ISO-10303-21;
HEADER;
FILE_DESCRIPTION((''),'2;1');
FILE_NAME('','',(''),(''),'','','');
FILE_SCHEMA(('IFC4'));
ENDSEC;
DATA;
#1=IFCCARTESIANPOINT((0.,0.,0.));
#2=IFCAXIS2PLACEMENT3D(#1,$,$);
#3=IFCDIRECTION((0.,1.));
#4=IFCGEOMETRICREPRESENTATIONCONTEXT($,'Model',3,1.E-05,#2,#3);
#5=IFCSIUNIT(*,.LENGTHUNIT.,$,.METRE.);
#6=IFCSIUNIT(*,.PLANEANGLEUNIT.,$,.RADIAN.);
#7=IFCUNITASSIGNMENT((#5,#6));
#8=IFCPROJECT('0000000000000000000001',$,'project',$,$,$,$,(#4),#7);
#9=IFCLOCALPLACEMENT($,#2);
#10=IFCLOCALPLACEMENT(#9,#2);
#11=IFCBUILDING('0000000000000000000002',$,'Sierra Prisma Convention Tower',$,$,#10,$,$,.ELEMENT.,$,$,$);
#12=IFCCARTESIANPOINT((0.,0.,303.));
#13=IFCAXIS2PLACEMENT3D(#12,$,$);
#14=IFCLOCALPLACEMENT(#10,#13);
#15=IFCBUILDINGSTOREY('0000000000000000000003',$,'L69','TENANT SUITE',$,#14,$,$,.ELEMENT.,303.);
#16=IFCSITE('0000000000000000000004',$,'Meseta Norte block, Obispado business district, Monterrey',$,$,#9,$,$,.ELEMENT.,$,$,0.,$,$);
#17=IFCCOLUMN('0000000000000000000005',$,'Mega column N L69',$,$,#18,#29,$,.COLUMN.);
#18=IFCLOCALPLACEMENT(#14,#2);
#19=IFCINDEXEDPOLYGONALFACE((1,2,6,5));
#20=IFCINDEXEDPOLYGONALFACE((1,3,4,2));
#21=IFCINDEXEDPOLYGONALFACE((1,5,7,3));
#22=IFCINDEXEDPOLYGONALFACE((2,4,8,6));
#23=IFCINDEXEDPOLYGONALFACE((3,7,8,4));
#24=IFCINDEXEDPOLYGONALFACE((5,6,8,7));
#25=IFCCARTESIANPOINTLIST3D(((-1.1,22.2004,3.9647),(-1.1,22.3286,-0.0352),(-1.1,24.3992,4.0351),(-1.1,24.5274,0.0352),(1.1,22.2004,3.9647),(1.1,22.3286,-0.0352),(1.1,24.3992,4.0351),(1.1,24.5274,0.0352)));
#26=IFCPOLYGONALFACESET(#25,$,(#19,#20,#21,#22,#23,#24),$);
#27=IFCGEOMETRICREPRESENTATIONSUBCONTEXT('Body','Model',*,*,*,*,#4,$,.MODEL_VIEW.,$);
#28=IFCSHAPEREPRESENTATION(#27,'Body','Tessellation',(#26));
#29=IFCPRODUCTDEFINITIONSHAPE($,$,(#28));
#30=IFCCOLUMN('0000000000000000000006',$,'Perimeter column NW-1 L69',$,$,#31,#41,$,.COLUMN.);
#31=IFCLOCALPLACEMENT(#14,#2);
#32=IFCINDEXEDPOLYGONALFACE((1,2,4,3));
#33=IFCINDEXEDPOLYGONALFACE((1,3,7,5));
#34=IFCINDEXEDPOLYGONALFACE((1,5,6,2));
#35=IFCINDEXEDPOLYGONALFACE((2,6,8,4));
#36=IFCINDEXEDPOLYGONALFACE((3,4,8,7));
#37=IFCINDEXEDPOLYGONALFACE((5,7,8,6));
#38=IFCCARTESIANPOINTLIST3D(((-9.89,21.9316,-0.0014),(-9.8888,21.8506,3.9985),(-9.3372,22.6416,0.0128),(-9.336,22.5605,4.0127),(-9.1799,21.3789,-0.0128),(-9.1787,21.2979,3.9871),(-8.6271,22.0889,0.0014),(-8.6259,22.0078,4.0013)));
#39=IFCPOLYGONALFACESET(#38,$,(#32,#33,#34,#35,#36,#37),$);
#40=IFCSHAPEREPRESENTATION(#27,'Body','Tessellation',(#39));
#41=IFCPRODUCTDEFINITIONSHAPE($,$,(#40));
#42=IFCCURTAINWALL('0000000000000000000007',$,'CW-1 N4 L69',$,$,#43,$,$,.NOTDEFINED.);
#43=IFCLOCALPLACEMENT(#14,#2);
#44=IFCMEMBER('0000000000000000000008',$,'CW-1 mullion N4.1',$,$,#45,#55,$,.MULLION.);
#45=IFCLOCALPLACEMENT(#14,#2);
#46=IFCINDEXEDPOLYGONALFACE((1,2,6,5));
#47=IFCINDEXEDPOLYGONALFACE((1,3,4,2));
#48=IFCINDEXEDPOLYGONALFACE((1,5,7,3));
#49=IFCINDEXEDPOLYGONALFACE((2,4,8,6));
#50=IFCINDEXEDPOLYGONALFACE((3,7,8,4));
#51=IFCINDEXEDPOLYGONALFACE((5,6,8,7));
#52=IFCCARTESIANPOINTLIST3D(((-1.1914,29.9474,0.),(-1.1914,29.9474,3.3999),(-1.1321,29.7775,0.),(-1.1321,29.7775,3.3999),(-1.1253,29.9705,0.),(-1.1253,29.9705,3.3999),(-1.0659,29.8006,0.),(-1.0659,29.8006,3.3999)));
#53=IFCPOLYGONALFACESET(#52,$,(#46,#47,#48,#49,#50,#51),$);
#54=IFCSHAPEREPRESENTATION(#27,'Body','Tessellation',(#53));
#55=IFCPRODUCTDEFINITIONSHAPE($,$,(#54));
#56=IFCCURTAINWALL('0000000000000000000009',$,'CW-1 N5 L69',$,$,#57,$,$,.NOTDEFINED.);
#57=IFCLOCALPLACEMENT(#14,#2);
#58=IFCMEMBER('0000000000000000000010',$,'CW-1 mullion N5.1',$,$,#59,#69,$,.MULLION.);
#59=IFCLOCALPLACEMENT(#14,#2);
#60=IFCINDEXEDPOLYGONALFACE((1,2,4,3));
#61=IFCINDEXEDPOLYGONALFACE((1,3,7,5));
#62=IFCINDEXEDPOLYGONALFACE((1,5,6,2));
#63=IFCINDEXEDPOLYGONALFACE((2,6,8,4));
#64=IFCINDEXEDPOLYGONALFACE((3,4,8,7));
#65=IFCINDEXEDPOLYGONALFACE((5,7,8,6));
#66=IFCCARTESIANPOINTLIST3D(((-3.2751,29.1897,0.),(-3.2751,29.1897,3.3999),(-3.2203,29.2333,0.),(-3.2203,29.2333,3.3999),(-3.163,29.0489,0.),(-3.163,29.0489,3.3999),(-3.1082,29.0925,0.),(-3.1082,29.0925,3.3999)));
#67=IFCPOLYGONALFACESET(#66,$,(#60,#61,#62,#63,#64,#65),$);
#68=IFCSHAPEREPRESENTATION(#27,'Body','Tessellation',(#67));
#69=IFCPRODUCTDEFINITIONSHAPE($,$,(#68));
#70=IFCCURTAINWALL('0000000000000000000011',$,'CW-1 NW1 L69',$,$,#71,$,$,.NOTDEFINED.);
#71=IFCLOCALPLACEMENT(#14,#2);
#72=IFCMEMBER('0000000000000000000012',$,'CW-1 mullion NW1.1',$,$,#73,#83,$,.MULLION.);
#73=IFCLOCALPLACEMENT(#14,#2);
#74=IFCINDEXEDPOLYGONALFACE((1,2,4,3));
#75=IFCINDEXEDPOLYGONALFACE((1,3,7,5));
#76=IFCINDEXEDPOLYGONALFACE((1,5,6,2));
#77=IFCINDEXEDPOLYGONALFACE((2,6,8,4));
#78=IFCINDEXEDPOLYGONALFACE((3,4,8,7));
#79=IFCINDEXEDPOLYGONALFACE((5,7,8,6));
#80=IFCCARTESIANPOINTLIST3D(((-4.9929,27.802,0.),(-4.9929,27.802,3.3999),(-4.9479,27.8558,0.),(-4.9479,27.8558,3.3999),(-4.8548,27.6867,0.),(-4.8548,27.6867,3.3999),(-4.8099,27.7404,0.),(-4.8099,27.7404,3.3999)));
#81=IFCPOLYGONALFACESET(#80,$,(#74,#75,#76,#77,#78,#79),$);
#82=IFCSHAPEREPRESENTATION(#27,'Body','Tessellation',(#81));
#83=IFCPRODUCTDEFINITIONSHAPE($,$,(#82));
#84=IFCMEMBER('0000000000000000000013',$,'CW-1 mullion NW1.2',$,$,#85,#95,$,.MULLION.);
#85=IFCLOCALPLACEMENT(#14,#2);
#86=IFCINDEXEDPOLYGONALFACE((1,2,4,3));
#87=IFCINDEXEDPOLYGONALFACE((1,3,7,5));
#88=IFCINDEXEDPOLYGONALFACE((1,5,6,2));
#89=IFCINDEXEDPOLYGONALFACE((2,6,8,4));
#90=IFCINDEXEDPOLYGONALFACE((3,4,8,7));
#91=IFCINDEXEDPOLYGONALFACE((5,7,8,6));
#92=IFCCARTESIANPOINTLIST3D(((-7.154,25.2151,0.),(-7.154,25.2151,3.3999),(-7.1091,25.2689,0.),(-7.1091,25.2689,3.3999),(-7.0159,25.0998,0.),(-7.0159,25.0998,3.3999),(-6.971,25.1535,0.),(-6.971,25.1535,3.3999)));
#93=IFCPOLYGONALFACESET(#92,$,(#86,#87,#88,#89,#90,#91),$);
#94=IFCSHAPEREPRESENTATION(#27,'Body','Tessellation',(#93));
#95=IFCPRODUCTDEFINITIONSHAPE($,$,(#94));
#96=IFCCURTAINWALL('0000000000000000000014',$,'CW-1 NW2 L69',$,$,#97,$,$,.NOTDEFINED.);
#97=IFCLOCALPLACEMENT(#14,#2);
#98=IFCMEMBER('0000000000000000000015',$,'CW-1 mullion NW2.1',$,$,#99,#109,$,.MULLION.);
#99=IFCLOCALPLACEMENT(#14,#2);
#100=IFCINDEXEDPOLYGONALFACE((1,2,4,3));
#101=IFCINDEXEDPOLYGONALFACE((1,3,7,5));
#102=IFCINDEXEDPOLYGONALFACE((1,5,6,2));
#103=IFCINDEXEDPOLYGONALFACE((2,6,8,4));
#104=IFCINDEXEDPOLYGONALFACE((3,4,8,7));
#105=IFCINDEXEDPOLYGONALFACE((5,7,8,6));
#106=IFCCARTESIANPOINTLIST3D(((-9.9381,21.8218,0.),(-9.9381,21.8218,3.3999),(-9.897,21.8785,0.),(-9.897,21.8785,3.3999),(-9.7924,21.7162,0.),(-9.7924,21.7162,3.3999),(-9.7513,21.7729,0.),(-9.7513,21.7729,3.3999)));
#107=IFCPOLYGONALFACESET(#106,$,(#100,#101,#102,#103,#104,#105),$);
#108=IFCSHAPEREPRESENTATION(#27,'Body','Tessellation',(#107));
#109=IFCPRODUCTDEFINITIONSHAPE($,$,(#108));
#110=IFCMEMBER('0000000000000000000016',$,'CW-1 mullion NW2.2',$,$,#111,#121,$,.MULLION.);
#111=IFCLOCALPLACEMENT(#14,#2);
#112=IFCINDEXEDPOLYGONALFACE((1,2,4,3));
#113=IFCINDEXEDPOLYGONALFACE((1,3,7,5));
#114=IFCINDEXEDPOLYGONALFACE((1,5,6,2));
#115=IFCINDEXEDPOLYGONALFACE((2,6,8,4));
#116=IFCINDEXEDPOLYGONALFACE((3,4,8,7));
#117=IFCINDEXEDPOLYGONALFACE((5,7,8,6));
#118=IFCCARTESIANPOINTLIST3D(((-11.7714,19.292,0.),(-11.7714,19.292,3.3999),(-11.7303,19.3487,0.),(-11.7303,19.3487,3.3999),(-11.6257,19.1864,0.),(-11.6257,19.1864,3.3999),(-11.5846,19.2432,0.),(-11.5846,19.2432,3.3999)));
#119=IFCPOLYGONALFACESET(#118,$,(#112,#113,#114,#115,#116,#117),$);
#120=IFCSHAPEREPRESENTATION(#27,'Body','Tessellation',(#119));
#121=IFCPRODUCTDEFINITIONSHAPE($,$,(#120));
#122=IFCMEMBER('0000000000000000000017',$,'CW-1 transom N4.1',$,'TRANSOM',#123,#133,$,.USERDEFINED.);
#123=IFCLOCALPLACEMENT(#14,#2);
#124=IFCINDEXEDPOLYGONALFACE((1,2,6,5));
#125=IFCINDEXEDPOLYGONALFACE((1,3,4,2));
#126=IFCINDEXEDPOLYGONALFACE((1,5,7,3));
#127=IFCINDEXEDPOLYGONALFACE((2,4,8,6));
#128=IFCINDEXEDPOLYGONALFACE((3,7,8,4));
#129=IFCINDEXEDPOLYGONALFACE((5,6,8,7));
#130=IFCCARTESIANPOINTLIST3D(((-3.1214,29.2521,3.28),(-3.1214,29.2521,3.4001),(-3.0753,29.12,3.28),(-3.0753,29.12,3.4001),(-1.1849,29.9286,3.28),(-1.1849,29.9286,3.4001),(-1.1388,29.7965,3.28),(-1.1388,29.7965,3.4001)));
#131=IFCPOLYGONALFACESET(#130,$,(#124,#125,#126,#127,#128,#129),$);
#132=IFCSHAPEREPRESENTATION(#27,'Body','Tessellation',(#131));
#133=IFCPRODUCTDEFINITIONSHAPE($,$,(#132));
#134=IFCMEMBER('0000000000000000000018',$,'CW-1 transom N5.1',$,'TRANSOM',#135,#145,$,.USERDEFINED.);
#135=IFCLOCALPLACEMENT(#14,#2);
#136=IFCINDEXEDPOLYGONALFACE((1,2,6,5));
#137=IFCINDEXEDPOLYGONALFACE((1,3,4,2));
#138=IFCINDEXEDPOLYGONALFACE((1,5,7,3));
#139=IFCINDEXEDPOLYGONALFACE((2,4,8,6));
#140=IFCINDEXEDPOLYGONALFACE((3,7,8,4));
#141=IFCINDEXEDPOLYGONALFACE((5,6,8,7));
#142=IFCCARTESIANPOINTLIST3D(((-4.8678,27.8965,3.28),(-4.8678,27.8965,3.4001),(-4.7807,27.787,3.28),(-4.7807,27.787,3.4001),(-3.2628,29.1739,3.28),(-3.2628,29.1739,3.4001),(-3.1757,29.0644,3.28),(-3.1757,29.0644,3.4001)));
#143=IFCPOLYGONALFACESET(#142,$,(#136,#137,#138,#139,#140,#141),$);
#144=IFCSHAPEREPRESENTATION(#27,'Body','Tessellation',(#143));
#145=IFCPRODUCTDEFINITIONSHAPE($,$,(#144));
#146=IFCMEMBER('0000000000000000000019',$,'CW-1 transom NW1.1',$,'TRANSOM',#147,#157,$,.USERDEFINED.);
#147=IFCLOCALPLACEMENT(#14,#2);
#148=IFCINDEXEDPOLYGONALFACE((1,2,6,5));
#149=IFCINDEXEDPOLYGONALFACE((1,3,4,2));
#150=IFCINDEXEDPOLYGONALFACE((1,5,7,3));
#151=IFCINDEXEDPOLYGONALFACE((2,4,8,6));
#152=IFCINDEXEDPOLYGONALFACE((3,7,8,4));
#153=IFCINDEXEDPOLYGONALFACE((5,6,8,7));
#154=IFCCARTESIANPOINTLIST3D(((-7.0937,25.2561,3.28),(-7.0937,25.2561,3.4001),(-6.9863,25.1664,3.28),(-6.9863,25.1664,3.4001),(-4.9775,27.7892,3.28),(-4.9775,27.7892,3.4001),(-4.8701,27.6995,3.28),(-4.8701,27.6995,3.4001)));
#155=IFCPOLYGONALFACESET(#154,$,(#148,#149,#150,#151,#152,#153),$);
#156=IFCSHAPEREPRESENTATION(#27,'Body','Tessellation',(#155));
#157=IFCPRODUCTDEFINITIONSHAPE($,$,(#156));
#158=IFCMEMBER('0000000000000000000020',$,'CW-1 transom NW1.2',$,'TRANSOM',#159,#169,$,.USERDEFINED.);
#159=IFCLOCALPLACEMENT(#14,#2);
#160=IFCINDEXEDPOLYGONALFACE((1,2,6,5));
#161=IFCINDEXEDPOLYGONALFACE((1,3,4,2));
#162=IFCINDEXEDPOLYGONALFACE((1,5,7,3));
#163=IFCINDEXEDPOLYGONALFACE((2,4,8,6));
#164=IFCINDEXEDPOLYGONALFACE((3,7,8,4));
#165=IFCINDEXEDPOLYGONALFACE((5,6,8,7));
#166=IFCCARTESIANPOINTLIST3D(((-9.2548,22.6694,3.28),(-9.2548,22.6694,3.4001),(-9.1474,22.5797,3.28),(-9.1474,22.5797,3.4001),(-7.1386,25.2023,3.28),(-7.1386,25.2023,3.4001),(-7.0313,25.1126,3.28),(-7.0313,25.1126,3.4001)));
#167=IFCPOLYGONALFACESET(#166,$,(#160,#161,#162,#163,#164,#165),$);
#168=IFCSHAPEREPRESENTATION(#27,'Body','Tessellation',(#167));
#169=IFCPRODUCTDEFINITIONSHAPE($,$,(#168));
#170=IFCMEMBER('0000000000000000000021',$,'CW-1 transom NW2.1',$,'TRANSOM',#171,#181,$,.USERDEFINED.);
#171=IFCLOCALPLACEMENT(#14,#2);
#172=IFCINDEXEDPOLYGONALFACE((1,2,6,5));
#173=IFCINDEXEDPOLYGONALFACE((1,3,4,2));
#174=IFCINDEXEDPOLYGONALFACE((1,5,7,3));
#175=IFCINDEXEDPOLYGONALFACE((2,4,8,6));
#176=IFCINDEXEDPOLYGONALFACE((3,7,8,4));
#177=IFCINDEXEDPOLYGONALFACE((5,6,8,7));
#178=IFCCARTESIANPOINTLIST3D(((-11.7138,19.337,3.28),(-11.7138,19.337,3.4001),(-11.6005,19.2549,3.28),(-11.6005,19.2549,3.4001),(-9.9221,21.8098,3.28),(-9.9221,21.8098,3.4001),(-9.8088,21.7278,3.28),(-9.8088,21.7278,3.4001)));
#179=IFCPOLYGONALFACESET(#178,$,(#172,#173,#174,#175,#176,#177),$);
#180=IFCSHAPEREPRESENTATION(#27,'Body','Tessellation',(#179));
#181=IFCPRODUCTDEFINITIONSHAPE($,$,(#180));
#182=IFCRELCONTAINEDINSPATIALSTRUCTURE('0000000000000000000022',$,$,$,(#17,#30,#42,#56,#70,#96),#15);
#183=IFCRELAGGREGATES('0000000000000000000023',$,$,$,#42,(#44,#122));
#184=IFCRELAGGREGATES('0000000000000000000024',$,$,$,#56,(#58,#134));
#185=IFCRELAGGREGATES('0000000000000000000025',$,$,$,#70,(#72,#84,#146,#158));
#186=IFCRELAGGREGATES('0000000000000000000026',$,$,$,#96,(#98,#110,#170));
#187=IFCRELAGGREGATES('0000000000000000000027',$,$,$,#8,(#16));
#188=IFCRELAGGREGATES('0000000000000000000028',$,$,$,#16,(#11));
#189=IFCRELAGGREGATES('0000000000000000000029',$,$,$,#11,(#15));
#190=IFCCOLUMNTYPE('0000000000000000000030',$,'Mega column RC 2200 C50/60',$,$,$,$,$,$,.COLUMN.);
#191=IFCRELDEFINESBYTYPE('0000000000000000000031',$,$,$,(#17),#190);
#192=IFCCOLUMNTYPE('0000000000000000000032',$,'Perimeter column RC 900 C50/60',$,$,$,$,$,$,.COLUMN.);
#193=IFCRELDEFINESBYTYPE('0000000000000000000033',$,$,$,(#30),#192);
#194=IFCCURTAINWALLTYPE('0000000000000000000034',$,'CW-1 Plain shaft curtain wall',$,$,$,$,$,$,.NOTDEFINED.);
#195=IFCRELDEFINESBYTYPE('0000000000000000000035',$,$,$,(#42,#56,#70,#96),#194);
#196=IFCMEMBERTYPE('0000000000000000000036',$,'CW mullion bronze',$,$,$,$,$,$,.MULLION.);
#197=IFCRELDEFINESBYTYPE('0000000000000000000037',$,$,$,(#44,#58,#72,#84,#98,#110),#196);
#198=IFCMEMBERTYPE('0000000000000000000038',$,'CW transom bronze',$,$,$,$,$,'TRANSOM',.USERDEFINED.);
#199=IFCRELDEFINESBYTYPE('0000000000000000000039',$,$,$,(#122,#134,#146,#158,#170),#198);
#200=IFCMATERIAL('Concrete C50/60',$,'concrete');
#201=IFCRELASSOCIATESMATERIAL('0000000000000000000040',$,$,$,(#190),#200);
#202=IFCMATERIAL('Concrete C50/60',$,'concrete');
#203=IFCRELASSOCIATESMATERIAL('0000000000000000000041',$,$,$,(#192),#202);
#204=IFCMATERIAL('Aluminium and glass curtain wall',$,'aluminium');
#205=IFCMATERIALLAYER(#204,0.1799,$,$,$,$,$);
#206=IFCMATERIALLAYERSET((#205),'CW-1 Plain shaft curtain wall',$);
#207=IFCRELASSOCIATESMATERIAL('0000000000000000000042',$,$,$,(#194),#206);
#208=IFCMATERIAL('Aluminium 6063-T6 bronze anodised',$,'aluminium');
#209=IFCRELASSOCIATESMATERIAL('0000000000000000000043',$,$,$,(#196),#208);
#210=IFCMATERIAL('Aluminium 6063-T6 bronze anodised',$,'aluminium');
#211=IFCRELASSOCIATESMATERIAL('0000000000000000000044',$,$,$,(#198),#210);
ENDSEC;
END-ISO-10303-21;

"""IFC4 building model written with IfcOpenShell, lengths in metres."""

from ifc_helpers import new_model, si_unit, direction, frame, origin, origin_2d, place, context, subcontext, project, spatial, rectangle, extrude, material, layer, layer_set, material_profile, profile_set, type_object, element, aggregate, save


model = new_model("IFC4")

# Units and contexts
model_context = context("Model", 3, precision=1e-05, world=origin(), true_north=direction((0.0, 1.0)))
body_context = subcontext(model_context, "Body", "Model", "MODEL_VIEW")
ifc_project = project(units=[si_unit("LENGTHUNIT", "METRE"), si_unit("PLANEANGLEUNIT", "RADIAN")], contexts=[model_context])

# Site, building, storey
site_placement = place(None, origin())
site = spatial("IfcSite", under=ifc_project, at=site_placement, Name="Meseta Norte block, Obispado business district, Monterrey", CompositionType="ELEMENT", RefElevation=0.0)
building_placement = place(site_placement, origin())
building = spatial("IfcBuilding", under=site, at=building_placement, Name="Sierra Prisma Convention Tower", CompositionType="ELEMENT")
storey_placement = place(building_placement, frame((0.0, 0.0, 303.0)))
storey = spatial("IfcBuildingStorey", under=building, at=storey_placement, Name="L69", Description="TENANT SUITE", CompositionType="ELEMENT", Elevation=303.0)

# Columns
ifc_material_1 = material(Name="Concrete C50/60", Category="concrete")
ifc_material_profile_1 = material_profile(ifc_material_1, rectangle(XDim=2.2, YDim=2.2, at=origin_2d()), Name="Mega column RC 2200 C50/60")
ifc_profile_set_1 = profile_set([ifc_material_profile_1], Name="Concrete C50/60")
column_type_1 = type_object("IfcColumnType", Name="Mega column RC 2200 C50/60", PredefinedType="COLUMN", material=ifc_profile_set_1)
column_1_placement = place(storey_placement, frame((0.0, 23.428, 0.0), z_axis=(0.0, -0.032027, 0.999487), x_axis=(1.0, 0.0, 0.0)))
element("IfcColumn", 1, at=column_1_placement, inside=storey, type_object=column_type_1, Name="Mega column N L69", PredefinedType="COLUMN", context=body_context, shape_type="SweptSolid", body=[
    extrude(rectangle(XDim=2.2, YDim=2.2, at=origin_2d()), origin(), (0.0, 0.0, 1.0), 4.002),
])
ifc_material_2 = material(Name="Concrete C50/60", Category="concrete")
ifc_material_profile_2 = material_profile(ifc_material_2, rectangle(XDim=0.8999, YDim=0.8999, at=origin_2d()), Name="Perimeter column RC 900 C50/60")
ifc_profile_set_2 = profile_set([ifc_material_profile_2], Name="Concrete C50/60")
column_type_2 = type_object("IfcColumnType", Name="Perimeter column RC 900 C50/60", PredefinedType="COLUMN", material=ifc_profile_set_2)
column_2_placement = place(storey_placement, frame((-9.2585, 22.0103, 0.0), z_axis=(0.000305, -0.02026, 0.999795), x_axis=(0.614306, 0.78891, 0.015799)))
element("IfcColumn", 2, at=column_2_placement, inside=storey, type_object=column_type_2, Name="Perimeter column NW-1 L69", PredefinedType="COLUMN", context=body_context, shape_type="SweptSolid", body=[
    extrude(rectangle(XDim=0.8999, YDim=0.8999, at=origin_2d()), origin(), (0.0, 0.0, 1.0), 4.0007),
])

# Curtain walls, members
ifc_material_3 = material(Name="Aluminium and glass curtain wall", Category="aluminium")
ifc_layer_1 = layer(ifc_material_3, 0.1799)
ifc_layer_set_1 = layer_set([ifc_layer_1], Name="CW-1 Plain shaft curtain wall")
curtain_wall_type = type_object("IfcCurtainWallType", Name="CW-1 Plain shaft curtain wall", PredefinedType="NOTDEFINED", material=ifc_layer_set_1)
curtain_wall_1_placement = place(storey_placement, origin())
curtain_wall_1 = element("IfcCurtainWall", 3, at=curtain_wall_1_placement, inside=storey, type_object=curtain_wall_type, Name="CW-1 N4 L69", PredefinedType="NOTDEFINED")
ifc_material_4 = material(Name="Aluminium 6063-T6 bronze anodised", Category="aluminium")
ifc_material_profile_3 = material_profile(ifc_material_4, rectangle(XDim=0.1799, YDim=0.0701, at=origin_2d()), Name="ALU MULLION 70x180")
ifc_profile_set_3 = profile_set([ifc_material_profile_3], Name="Aluminium 6063-T6 bronze anodised")
member_type_1 = type_object("IfcMemberType", Name="CW mullion bronze", PredefinedType="MULLION", material=ifc_profile_set_3)
member_1_placement = place(storey_placement, frame((-1.1287, 29.874, 0.0), z_axis=(0.0, 0.0, 1.0), x_axis=(0.32984, -0.944037, 0.0)))
member_1 = element("IfcMember", 4, at=member_1_placement, type_object=member_type_1, Name="CW-1 mullion N4.1", PredefinedType="MULLION", context=body_context, shape_type="SweptSolid", body=[
    extrude(rectangle(XDim=0.1799, YDim=0.0701, at=origin_2d()), origin(), (0.0, 0.0, 1.0), 3.3999),
])
curtain_wall_2_placement = place(storey_placement, origin())
curtain_wall_2 = element("IfcCurtainWall", 5, at=curtain_wall_2_placement, inside=storey, type_object=curtain_wall_type, Name="CW-1 N5 L69", PredefinedType="NOTDEFINED")
member_2_placement = place(storey_placement, frame((-3.1917, 29.1411, 0.0), z_axis=(0.0, 0.0, 1.0), x_axis=(0.622763, -0.782411, 0.0)))
member_2 = element("IfcMember", 6, at=member_2_placement, type_object=member_type_1, Name="CW-1 mullion N5.1", PredefinedType="MULLION", context=body_context, shape_type="SweptSolid", body=[
    extrude(rectangle(XDim=0.1799, YDim=0.0701, at=origin_2d()), origin(), (0.0, 0.0, 1.0), 3.3999),
])

# Curtain walls, members
curtain_wall_3_placement = place(storey_placement, origin())
curtain_wall_3 = element("IfcCurtainWall", 7, at=curtain_wall_3_placement, inside=storey, type_object=curtain_wall_type, Name="CW-1 NW1 L69", PredefinedType="NOTDEFINED")
member_3_placement = place(storey_placement, frame((-4.9014, 27.7712, 0.0), z_axis=(0.0, 0.0, 1.0), x_axis=(0.767424, -0.64114, 0.0)))
member_3 = element("IfcMember", 8, at=member_3_placement, type_object=member_type_1, Name="CW-1 mullion NW1.1", PredefinedType="MULLION", context=body_context, shape_type="SweptSolid", body=[
    extrude(rectangle(XDim=0.1799, YDim=0.0701, at=origin_2d()), origin(), (0.0, 0.0, 1.0), 3.3999),
])
member_4_placement = place(storey_placement, frame((-7.0625, 25.1843, 0.0), z_axis=(0.0, 0.0, 1.0), x_axis=(0.767424, -0.64114, 0.0)))
member_4 = element("IfcMember", 9, at=member_4_placement, type_object=member_type_1, Name="CW-1 mullion NW1.2", PredefinedType="MULLION", context=body_context, shape_type="SweptSolid", body=[
    extrude(rectangle(XDim=0.1799, YDim=0.0701, at=origin_2d()), origin(), (0.0, 0.0, 1.0), 3.3999),
])
curtain_wall_4_placement = place(storey_placement, origin())
curtain_wall_4 = element("IfcCurtainWall", 10, at=curtain_wall_4_placement, inside=storey, type_object=curtain_wall_type, Name="CW-1 NW2 L69", PredefinedType="NOTDEFINED")
member_5_placement = place(storey_placement, frame((-9.8447, 21.7974, 0.0), z_axis=(0.0, 0.0, 1.0), x_axis=(0.809774, -0.586742, 0.0)))
member_5 = element("IfcMember", 11, at=member_5_placement, type_object=member_type_1, Name="CW-1 mullion NW2.1", PredefinedType="MULLION", context=body_context, shape_type="SweptSolid", body=[
    extrude(rectangle(XDim=0.1799, YDim=0.0701, at=origin_2d()), origin(), (0.0, 0.0, 1.0), 3.3999),
])
member_6_placement = place(storey_placement, frame((-11.678, 19.2676, 0.0), z_axis=(0.0, 0.0, 1.0), x_axis=(0.809774, -0.586742, 0.0)))
member_6 = element("IfcMember", 12, at=member_6_placement, type_object=member_type_1, Name="CW-1 mullion NW2.2", PredefinedType="MULLION", context=body_context, shape_type="SweptSolid", body=[
    extrude(rectangle(XDim=0.1799, YDim=0.0701, at=origin_2d()), origin(), (0.0, 0.0, 1.0), 3.3999),
])

# Members
ifc_material_5 = material(Name="Aluminium 6063-T6 bronze anodised", Category="aluminium")
ifc_material_profile_4 = material_profile(ifc_material_5, rectangle(XDim=0.1399, YDim=0.1201, at=origin_2d()), Name="ALU TRANSOM 120x140")
ifc_profile_set_4 = profile_set([ifc_material_profile_4], Name="Aluminium 6063-T6 bronze anodised")
member_type_2 = type_object("IfcMemberType", Name="CW transom bronze", ElementType="TRANSOM", PredefinedType="USERDEFINED", material=ifc_profile_set_4)
member_7_placement = place(storey_placement, frame((-1.1619, 29.8625, 3.3401), z_axis=(-0.944051, -0.329799, 0.0), x_axis=(0.329799, -0.944051, 0.0)))
member_7 = element("IfcMember", 13, at=member_7_placement, type_object=member_type_2, Name="CW-1 transom N4.1", ObjectType="TRANSOM", PredefinedType="USERDEFINED", context=body_context, shape_type="SweptSolid", body=[
    extrude(rectangle(XDim=0.1399, YDim=0.1201, at=origin_2d()), origin(), (0.0, 0.0, 1.0), 2.0513),
])
member_8_placement = place(storey_placement, frame((-3.2192, 29.1191, 3.3401), z_axis=(-0.782446, -0.622719, 0.0), x_axis=(0.622719, -0.782446, 0.0)))
member_8 = element("IfcMember", 14, at=member_8_placement, type_object=member_type_2, Name="CW-1 transom N5.1", ObjectType="TRANSOM", PredefinedType="USERDEFINED", context=body_context, shape_type="SweptSolid", body=[
    extrude(rectangle(XDim=0.1399, YDim=0.1201, at=origin_2d()), origin(), (0.0, 0.0, 1.0), 2.0513),
])
member_9_placement = place(storey_placement, frame((-4.9238, 27.7444, 3.3401), z_axis=(-0.641115, -0.767445, 0.0), x_axis=(0.767445, -0.641115, 0.0)))
member_9 = element("IfcMember", 15, at=member_9_placement, type_object=member_type_2, Name="CW-1 transom NW1.1", ObjectType="TRANSOM", PredefinedType="USERDEFINED", context=body_context, shape_type="SweptSolid", body=[
    extrude(rectangle(XDim=0.1399, YDim=0.1201, at=origin_2d()), origin(), (0.0, 0.0, 1.0), 3.3008),
])
member_10_placement = place(storey_placement, frame((-7.085, 25.1575, 3.3401), z_axis=(-0.641152, -0.767414, 0.0), x_axis=(0.767414, -0.641152, 0.0)))
member_10 = element("IfcMember", 16, at=member_10_placement, type_object=member_type_2, Name="CW-1 transom NW1.2", ObjectType="TRANSOM", PredefinedType="USERDEFINED", context=body_context, shape_type="SweptSolid", body=[
    extrude(rectangle(XDim=0.1399, YDim=0.1201, at=origin_2d()), origin(), (0.0, 0.0, 1.0), 3.3005),
])
member_11_placement = place(storey_placement, frame((-9.8655, 21.7688, 3.3401), z_axis=(-0.58673, -0.809782, 0.0), x_axis=(0.809782, -0.58673, 0.0)))
member_11 = element("IfcMember", 17, at=member_11_placement, type_object=member_type_2, Name="CW-1 transom NW2.1", ObjectType="TRANSOM", PredefinedType="USERDEFINED", context=body_context, shape_type="SweptSolid", body=[
    extrude(rectangle(XDim=0.1399, YDim=0.1201, at=origin_2d()), origin(), (0.0, 0.0, 1.0), 3.0537),
])

aggregate(curtain_wall_1, [member_1, member_7])
aggregate(curtain_wall_2, [member_2, member_8])
aggregate(curtain_wall_3, [member_3, member_4, member_9, member_10])
aggregate(curtain_wall_4, [member_5, member_6, member_11])

save(model, "model.ifc")
